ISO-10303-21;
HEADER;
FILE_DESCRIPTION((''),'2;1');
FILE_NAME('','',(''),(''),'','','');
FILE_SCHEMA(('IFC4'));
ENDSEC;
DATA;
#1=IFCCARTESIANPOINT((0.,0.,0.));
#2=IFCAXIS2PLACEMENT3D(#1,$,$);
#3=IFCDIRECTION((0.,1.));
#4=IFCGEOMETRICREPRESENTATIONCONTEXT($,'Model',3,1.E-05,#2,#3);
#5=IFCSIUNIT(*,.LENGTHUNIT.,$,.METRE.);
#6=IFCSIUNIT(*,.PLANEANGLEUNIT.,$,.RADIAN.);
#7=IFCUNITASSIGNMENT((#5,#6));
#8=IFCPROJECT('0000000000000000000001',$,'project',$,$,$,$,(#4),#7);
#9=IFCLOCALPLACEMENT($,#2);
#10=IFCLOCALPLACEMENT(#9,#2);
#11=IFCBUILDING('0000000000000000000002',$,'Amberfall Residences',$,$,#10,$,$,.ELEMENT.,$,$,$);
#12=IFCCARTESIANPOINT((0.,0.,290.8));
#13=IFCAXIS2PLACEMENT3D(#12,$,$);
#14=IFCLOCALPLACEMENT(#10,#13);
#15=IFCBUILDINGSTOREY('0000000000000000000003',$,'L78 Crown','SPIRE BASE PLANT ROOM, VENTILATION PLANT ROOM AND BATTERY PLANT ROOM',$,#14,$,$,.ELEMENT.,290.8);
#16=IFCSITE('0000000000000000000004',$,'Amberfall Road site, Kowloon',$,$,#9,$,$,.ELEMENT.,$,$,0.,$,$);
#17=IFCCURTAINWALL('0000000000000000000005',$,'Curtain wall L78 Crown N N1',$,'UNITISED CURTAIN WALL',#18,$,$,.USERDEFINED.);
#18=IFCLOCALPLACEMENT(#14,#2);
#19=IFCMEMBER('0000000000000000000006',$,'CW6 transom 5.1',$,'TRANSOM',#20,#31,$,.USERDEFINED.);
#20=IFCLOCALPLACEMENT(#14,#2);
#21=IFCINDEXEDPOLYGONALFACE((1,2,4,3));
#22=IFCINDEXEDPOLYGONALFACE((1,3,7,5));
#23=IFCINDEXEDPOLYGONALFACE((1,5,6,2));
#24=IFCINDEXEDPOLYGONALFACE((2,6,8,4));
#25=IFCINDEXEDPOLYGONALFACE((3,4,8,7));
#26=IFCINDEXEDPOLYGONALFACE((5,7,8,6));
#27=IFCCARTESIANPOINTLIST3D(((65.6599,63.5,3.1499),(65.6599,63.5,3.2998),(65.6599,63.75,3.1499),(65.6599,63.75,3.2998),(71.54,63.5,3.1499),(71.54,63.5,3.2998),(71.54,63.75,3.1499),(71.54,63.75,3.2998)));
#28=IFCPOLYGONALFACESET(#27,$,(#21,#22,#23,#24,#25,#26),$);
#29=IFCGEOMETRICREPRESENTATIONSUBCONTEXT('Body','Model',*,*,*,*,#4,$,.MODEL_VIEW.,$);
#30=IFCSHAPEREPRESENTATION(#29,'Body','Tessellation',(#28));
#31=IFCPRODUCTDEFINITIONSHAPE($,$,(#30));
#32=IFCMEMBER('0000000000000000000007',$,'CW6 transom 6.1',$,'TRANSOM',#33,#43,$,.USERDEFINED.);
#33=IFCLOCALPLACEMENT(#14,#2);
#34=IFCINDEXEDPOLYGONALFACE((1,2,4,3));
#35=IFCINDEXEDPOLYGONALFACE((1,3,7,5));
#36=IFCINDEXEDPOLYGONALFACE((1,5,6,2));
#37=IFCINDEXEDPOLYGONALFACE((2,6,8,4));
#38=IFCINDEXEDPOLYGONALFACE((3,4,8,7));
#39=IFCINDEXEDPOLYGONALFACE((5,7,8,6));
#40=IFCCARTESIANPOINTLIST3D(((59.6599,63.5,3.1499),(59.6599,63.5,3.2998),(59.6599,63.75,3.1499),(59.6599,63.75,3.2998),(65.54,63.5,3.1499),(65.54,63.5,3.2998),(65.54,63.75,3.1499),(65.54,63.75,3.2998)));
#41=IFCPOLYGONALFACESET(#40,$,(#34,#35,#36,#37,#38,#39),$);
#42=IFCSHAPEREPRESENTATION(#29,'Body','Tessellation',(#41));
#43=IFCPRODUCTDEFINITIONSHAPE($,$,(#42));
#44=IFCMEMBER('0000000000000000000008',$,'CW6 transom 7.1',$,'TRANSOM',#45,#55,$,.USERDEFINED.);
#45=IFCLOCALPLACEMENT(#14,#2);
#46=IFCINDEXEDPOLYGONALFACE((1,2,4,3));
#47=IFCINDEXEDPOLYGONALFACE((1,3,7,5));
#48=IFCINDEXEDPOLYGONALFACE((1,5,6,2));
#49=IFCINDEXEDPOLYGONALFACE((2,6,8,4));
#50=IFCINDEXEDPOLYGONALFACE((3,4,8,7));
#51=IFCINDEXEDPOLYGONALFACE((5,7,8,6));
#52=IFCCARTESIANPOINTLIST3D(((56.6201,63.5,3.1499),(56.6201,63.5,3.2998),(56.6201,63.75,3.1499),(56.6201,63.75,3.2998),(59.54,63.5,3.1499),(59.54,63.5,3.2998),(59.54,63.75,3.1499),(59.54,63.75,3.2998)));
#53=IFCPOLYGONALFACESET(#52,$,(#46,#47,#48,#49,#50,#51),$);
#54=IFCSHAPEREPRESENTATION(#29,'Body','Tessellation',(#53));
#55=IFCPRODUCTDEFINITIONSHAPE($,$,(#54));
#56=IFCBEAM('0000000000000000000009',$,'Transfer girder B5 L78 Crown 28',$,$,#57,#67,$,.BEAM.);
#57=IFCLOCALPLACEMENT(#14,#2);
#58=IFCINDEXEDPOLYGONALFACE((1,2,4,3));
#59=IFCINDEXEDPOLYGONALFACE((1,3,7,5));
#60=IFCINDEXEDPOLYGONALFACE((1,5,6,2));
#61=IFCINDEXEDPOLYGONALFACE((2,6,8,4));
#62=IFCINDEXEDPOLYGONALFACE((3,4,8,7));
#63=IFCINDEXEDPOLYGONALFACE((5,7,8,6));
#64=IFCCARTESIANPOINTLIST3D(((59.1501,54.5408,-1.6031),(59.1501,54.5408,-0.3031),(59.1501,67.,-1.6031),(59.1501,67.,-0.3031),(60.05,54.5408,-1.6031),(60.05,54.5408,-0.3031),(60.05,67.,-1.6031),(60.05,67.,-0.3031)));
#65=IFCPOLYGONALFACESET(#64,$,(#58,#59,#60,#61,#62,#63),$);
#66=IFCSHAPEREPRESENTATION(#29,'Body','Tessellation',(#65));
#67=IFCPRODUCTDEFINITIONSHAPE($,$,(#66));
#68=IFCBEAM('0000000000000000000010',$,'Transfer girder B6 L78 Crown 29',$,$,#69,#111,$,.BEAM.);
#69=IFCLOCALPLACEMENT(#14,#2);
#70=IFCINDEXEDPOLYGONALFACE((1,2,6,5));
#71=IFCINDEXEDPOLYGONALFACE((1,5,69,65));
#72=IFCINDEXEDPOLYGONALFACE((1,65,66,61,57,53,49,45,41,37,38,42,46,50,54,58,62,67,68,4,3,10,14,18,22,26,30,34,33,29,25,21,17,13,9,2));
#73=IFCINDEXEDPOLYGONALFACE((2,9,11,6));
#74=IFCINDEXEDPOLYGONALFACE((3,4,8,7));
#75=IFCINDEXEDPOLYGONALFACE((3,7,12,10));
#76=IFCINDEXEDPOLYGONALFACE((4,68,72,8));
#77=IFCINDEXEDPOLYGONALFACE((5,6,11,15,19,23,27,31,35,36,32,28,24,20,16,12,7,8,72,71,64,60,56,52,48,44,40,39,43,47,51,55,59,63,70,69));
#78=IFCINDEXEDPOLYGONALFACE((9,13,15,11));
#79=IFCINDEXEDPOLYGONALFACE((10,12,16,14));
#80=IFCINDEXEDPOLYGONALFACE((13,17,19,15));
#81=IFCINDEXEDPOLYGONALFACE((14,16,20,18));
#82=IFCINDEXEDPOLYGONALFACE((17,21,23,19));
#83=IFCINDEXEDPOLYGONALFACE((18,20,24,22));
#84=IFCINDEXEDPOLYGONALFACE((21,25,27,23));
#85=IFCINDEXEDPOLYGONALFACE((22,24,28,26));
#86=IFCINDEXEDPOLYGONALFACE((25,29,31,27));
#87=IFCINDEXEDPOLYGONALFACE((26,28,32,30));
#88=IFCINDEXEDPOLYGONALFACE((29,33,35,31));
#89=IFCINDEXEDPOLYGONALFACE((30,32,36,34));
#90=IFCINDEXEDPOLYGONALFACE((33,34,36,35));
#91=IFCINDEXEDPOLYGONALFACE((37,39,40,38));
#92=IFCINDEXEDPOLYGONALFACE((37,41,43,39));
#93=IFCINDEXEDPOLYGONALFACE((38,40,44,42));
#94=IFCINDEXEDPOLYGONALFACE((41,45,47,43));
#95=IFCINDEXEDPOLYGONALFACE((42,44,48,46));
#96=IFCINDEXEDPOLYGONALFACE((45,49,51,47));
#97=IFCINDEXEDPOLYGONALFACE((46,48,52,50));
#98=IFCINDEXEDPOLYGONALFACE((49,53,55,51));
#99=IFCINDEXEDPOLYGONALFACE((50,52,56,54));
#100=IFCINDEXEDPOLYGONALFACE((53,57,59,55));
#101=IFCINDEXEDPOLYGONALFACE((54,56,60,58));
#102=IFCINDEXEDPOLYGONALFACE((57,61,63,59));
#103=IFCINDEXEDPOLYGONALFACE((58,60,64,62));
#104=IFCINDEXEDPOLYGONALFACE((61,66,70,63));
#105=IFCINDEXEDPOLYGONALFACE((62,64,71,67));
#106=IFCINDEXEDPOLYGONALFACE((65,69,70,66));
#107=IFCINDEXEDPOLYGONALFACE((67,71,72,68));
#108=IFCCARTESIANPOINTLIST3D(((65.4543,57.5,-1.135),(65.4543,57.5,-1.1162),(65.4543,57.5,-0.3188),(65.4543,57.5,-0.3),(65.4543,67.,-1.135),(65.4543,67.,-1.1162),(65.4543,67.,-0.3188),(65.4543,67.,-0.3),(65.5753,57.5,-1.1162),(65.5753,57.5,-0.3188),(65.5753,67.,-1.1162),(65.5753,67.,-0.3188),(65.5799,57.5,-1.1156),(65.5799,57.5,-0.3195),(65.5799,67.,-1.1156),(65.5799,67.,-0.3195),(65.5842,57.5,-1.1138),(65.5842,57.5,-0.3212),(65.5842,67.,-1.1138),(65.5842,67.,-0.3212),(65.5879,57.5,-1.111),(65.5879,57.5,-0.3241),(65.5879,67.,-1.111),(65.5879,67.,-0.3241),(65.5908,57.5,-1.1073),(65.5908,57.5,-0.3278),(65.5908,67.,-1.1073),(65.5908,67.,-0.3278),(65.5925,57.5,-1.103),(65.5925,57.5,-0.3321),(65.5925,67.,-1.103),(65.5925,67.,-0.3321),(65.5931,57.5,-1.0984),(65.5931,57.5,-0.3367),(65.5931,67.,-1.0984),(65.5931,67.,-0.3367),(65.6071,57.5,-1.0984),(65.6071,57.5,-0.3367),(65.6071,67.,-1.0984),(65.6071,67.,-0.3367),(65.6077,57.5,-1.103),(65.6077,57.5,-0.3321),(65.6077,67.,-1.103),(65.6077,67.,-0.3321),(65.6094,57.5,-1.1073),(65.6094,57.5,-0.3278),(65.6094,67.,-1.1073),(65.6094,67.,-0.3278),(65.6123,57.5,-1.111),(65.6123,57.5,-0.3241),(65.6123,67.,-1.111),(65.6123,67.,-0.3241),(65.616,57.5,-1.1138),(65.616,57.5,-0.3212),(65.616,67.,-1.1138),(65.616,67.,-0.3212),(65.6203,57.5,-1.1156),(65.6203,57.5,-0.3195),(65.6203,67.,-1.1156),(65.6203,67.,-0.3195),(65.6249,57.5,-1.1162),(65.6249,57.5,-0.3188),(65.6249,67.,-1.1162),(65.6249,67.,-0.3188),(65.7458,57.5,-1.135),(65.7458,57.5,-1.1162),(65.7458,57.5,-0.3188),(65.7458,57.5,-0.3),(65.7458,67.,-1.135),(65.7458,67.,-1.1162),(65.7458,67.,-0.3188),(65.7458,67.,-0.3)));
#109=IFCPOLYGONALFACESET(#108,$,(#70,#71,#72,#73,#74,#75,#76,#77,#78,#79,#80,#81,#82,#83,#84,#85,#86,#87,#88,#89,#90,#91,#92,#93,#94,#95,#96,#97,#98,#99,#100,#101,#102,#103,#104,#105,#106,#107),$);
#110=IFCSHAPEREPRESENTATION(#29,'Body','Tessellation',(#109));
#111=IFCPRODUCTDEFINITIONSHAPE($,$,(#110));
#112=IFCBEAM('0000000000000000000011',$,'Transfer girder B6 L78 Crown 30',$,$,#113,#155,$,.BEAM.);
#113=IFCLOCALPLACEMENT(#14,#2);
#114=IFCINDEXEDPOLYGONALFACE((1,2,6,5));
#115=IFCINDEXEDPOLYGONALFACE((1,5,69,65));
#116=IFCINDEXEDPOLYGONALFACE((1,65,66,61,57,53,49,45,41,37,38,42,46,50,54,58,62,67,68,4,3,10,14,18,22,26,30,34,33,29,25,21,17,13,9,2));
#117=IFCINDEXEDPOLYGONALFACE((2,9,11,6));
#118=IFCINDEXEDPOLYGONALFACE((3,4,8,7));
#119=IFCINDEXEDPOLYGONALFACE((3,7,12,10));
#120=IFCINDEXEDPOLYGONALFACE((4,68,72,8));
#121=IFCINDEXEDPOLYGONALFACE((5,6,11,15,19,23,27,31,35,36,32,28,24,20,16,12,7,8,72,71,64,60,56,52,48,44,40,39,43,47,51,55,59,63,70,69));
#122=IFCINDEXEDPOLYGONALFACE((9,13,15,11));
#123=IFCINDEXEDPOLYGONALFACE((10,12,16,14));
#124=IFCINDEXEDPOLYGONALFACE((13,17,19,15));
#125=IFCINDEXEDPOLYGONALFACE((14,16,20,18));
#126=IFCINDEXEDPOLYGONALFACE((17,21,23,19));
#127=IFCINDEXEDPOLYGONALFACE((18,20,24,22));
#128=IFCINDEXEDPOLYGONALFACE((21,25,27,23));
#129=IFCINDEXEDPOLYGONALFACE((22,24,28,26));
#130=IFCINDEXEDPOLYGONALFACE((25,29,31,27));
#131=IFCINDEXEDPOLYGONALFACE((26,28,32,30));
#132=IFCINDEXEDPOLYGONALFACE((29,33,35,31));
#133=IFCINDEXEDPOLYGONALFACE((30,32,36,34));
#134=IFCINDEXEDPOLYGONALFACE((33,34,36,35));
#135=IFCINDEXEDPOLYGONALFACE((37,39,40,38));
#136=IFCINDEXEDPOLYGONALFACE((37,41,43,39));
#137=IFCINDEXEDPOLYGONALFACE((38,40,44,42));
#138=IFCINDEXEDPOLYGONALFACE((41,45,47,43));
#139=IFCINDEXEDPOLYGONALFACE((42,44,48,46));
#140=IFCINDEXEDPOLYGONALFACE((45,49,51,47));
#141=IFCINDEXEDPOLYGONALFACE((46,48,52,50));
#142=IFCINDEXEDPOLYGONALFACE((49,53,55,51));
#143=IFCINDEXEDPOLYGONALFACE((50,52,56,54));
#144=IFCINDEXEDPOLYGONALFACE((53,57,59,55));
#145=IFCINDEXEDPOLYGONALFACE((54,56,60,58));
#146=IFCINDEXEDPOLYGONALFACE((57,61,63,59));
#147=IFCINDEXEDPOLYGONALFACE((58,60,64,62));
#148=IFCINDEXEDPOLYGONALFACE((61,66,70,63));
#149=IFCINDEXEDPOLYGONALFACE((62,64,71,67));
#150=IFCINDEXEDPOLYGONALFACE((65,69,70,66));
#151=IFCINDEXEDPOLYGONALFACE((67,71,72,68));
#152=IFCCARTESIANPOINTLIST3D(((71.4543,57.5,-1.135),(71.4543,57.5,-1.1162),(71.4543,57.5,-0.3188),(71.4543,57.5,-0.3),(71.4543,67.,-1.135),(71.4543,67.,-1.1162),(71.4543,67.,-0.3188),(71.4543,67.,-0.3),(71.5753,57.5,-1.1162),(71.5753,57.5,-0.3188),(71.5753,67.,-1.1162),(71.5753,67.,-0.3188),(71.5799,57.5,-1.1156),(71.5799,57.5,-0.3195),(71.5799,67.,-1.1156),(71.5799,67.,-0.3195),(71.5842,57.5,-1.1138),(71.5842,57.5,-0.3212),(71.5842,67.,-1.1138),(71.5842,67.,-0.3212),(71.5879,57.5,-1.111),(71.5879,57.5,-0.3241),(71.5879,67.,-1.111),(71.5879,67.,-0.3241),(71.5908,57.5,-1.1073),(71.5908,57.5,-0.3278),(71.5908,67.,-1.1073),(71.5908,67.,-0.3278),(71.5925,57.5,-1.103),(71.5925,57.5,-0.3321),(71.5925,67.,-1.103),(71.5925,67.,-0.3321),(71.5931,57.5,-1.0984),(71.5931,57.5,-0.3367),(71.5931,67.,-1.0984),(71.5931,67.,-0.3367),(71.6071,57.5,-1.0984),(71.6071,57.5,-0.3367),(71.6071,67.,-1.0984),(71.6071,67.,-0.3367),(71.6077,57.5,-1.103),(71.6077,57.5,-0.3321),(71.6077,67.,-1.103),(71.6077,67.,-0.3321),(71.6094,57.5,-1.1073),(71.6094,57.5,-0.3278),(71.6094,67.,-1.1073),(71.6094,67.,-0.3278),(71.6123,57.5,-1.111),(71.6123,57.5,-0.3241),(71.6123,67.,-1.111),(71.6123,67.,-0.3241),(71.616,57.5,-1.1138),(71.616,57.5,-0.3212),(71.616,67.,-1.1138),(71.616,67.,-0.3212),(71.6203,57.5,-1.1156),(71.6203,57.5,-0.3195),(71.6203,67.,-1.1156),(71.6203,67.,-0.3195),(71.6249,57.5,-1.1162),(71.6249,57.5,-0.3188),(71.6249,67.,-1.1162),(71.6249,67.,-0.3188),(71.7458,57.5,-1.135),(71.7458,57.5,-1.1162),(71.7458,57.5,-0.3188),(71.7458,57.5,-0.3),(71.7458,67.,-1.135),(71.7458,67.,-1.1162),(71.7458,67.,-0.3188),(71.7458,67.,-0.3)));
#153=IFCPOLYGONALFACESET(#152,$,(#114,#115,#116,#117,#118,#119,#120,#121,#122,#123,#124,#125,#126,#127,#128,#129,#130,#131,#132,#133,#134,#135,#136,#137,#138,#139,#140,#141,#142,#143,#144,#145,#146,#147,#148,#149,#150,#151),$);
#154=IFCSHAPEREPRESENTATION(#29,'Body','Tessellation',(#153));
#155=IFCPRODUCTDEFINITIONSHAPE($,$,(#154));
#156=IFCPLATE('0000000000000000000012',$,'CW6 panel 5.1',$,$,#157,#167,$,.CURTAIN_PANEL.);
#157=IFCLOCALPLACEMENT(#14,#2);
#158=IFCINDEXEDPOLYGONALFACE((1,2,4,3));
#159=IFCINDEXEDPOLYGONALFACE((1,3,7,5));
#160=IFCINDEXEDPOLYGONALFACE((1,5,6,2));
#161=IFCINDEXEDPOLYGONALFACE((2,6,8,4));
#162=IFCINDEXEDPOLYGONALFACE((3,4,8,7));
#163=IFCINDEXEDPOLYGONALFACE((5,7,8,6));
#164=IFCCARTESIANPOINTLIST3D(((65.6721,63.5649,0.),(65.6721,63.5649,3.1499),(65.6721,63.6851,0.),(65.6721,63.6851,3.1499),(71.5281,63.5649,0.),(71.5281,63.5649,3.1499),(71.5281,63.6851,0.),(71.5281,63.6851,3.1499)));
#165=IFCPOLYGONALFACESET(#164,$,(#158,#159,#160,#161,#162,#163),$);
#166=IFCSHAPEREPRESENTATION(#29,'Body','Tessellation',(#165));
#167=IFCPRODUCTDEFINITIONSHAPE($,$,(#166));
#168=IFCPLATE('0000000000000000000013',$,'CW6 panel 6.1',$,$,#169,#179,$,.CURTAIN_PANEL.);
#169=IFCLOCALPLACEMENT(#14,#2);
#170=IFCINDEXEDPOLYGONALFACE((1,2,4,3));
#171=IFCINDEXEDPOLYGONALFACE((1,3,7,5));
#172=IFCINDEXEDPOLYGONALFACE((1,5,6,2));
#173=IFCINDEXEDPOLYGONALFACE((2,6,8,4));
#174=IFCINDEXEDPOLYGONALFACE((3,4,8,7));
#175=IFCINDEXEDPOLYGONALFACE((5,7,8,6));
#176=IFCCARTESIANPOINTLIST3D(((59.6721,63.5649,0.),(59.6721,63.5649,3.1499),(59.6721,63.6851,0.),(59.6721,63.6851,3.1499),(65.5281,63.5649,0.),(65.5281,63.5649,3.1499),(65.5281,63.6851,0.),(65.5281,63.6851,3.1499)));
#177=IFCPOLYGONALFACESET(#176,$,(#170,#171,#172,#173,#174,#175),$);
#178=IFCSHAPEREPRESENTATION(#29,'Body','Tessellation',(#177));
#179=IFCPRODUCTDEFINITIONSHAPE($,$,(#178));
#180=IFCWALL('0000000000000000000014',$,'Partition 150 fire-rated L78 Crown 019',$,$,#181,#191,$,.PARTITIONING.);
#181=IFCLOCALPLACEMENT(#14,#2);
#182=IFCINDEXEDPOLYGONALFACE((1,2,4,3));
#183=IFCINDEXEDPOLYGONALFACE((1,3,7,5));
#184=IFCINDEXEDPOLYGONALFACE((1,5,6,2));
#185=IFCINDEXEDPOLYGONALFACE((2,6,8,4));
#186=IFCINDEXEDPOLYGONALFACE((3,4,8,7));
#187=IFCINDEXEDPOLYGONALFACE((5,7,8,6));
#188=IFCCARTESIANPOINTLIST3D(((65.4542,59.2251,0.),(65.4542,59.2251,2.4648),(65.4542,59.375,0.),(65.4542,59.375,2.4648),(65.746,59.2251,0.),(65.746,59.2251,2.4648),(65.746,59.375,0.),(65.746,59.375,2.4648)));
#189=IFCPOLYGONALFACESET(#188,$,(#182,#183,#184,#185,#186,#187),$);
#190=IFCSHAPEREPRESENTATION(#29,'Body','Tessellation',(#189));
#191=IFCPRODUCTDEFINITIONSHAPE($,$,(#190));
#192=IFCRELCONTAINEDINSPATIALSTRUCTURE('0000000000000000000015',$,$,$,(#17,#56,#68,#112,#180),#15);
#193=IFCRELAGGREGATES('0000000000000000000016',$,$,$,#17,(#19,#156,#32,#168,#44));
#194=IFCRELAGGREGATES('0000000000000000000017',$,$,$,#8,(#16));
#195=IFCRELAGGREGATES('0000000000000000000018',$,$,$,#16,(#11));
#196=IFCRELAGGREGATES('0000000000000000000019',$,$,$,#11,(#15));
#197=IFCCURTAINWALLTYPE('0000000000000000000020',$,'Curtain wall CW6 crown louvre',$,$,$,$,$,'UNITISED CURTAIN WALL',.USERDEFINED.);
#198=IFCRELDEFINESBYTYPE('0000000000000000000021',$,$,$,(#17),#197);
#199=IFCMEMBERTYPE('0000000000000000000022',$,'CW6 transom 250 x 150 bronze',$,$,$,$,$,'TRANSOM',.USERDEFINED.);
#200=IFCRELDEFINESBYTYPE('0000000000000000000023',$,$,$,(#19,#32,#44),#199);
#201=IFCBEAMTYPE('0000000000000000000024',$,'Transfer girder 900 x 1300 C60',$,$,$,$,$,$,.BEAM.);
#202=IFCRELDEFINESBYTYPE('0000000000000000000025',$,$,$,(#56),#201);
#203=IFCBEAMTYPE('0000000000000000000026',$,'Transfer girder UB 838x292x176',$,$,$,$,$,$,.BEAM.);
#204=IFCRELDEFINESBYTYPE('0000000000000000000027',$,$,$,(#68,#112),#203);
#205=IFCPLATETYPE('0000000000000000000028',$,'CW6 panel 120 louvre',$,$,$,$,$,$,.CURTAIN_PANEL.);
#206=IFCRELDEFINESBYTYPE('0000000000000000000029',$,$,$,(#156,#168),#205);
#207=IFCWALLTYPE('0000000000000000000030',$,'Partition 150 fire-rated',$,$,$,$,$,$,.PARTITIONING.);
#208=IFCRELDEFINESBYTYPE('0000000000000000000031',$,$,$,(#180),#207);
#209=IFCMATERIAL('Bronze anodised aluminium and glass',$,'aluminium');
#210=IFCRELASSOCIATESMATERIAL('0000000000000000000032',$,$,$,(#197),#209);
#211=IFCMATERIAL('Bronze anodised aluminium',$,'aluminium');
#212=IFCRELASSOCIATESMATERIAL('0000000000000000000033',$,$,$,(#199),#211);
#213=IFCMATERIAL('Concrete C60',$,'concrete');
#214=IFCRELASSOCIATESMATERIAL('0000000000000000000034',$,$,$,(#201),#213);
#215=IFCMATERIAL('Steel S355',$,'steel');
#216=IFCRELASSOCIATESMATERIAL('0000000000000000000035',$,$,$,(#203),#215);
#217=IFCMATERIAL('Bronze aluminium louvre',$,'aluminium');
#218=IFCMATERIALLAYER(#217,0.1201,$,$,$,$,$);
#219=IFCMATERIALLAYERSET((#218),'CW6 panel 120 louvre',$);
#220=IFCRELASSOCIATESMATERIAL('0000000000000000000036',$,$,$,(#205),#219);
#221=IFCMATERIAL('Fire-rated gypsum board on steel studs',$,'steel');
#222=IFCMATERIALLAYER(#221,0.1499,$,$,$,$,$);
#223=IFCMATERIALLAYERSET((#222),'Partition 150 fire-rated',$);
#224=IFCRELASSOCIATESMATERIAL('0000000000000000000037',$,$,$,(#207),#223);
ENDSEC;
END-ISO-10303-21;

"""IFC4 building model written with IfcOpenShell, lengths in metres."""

from ifc_helpers import new_model, si_unit, direction, frame, frame_2d, origin, origin_2d, place, context, subcontext, project, spatial, rectangle, i_section, extrude, material, layer, layer_set, material_profile, profile_set, type_object, element, aggregate, save


model = new_model("IFC4")

# Units and contexts
model_context = context("Model", 3, precision=1e-05, world=origin(), true_north=direction((0.0, 1.0)))
body_context = subcontext(model_context, "Body", "Model", "MODEL_VIEW")
ifc_project = project(units=[si_unit("LENGTHUNIT", "METRE"), si_unit("PLANEANGLEUNIT", "RADIAN")], contexts=[model_context])

# Site, building, storey
site_placement = place(None, origin())
site = spatial("IfcSite", under=ifc_project, at=site_placement, Name="Amberfall Road site, Kowloon", CompositionType="ELEMENT", RefElevation=0.0)
building_placement = place(site_placement, origin())
building = spatial("IfcBuilding", under=site, at=building_placement, Name="Amberfall Residences", CompositionType="ELEMENT")
storey_placement = place(building_placement, frame((0.0, 0.0, 290.8)))
storey = spatial("IfcBuildingStorey", under=building, at=storey_placement, Name="L78 Crown", Description="SPIRE BASE PLANT ROOM, VENTILATION PLANT ROOM AND BATTERY PLANT ROOM", CompositionType="ELEMENT", Elevation=290.8)

# Shared definitions
ifc_material_1 = material(Name="Steel S355", Category="steel")

# Curtain wall, members
ifc_material_2 = material(Name="Bronze anodised aluminium and glass", Category="aluminium")
curtain_wall_type = type_object("IfcCurtainWallType", Name="Curtain wall CW6 crown louvre", ElementType="UNITISED CURTAIN WALL", PredefinedType="USERDEFINED", material=ifc_material_2)
curtain_wall_placement = place(storey_placement, origin())
curtain_wall = element("IfcCurtainWall", 1, at=curtain_wall_placement, inside=storey, type_object=curtain_wall_type, Name="Curtain wall L78 Crown N N1", ObjectType="UNITISED CURTAIN WALL", PredefinedType="USERDEFINED")
ifc_material_3 = material(Name="Bronze anodised aluminium", Category="aluminium")
ifc_material_profile_1 = material_profile(ifc_material_3, rectangle(XDim=0.25, YDim=0.1499, at=origin_2d()), Name="CW6 transom 250 x 150 bronze")
ifc_profile_set_1 = profile_set([ifc_material_profile_1], Name="Bronze anodised aluminium")
member_type_1 = type_object("IfcMemberType", Name="CW6 transom 250 x 150 bronze", ElementType="TRANSOM", PredefinedType="USERDEFINED", material=ifc_profile_set_1)
member_1_placement = place(storey_placement, frame((71.54, 63.625, 3.2249), z_axis=(-1.0, 0.0, 0.0), x_axis=(0.0, -1.0, 0.0)))
member_1 = element("IfcMember", 2, at=member_1_placement, type_object=member_type_1, Name="CW6 transom 5.1", ObjectType="TRANSOM", PredefinedType="USERDEFINED", context=body_context, shape_type="SweptSolid", body=[
    extrude(rectangle(XDim=0.25, YDim=0.1499, at=origin_2d()), origin(), (0.0, 0.0, 1.0), 5.8801),
])
member_2_placement = place(storey_placement, frame((65.54, 63.625, 3.2249), z_axis=(-1.0, 0.0, 0.0), x_axis=(0.0, -1.0, 0.0)))
member_2 = element("IfcMember", 3, at=member_2_placement, type_object=member_type_1, Name="CW6 transom 6.1", ObjectType="TRANSOM", PredefinedType="USERDEFINED", context=body_context, shape_type="SweptSolid", body=[
    extrude(rectangle(XDim=0.25, YDim=0.1499, at=origin_2d()), origin(), (0.0, 0.0, 1.0), 5.8801),
])
member_3_placement = place(storey_placement, frame((59.54, 63.625, 3.2249), z_axis=(-1.0, 0.0, 0.0), x_axis=(0.0, -1.0, 0.0)))
member_3 = element("IfcMember", 4, at=member_3_placement, type_object=member_type_1, Name="CW6 transom 7.1", ObjectType="TRANSOM", PredefinedType="USERDEFINED", context=body_context, shape_type="SweptSolid", body=[
    extrude(rectangle(XDim=0.25, YDim=0.1499, at=origin_2d()), origin(), (0.0, 0.0, 1.0), 2.9199),
])

# Beams
ifc_material_4 = material(Name="Concrete C60", Category="concrete")
ifc_material_profile_2 = material_profile(ifc_material_4, rectangle(XDim=0.8999, YDim=1.3, at=origin_2d()), Name="Transfer girder 900 x 1300 C60")
ifc_profile_set_2 = profile_set([ifc_material_profile_2], Name="Concrete C60")
beam_type_1 = type_object("IfcBeamType", Name="Transfer girder 900 x 1300 C60", PredefinedType="BEAM", material=ifc_profile_set_2)
beam_placement = place(storey_placement, frame((59.6001, 67.0, -0.9531), z_axis=(0.0, -1.0, 0.0), x_axis=(1.0, 0.0, 0.0)))
element("IfcBeam", 5, at=beam_placement, inside=storey, type_object=beam_type_1, Name="Transfer girder B5 L78 Crown 28", PredefinedType="BEAM", context=body_context, shape_type="SweptSolid", body=[
    extrude(rectangle(XDim=0.8999, YDim=1.3, at=origin_2d()), origin(), (0.0, 0.0, 1.0), 12.4592),
])
ifc_material_profile_3 = material_profile(ifc_material_1, i_section(OverallWidth=0.2915, OverallDepth=0.835, WebThickness=0.0139, FlangeThickness=0.0188, FilletRadius=0.0178, at=origin_2d()), Name="UB 838x292x176")
ifc_profile_set_3 = profile_set([ifc_material_profile_3], Name="Steel S355")
beam_type_2 = type_object("IfcBeamType", Name="Transfer girder UB 838x292x176", PredefinedType="BEAM", material=ifc_profile_set_3)
for number, where, z_axis, x_axis, name in (
    (6, (65.6001, 67.0, -0.7175), (0.0, -1.0, 0.0), (1.0, 0.0, 0.0), "Transfer girder B6 L78 Crown 29"),
    (7, (71.6001, 67.0, -0.7175), (0.0, -1.0, 0.0), (1.0, 0.0, 0.0), "Transfer girder B6 L78 Crown 30"),
):
    element("IfcBeam", number, at=place(storey_placement, frame(where, z_axis=z_axis, x_axis=x_axis)), inside=storey, type_object=beam_type_2, Name=name, PredefinedType="BEAM", context=body_context, shape_type="SweptSolid", body=[
        extrude(i_section(OverallWidth=0.2915, OverallDepth=0.835, WebThickness=0.0139, FlangeThickness=0.0188, FilletRadius=0.0178, at=origin_2d()), origin(), (0.0, 0.0, 1.0), 9.5),
    ])

# Plates
ifc_material_5 = material(Name="Bronze aluminium louvre", Category="aluminium")
ifc_layer_1 = layer(ifc_material_5, 0.1201)
ifc_layer_set_1 = layer_set([ifc_layer_1], Name="CW6 panel 120 louvre")
plate_type = type_object("IfcPlateType", Name="CW6 panel 120 louvre", PredefinedType="CURTAIN_PANEL", material=ifc_layer_set_1)
plate_1_placement = place(storey_placement, frame((68.6001, 63.625, 0.0), z_axis=(0.0, 0.0, 1.0), x_axis=(-1.0, 0.0, 0.0)))
plate_1 = element("IfcPlate", 8, at=plate_1_placement, type_object=plate_type, Name="CW6 panel 5.1", PredefinedType="CURTAIN_PANEL", context=body_context, shape_type="SweptSolid", body=[
    extrude(rectangle(XDim=5.856, YDim=0.1201, at=origin_2d()), origin(), (0.0, 0.0, 1.0), 3.1499),
])
plate_2_placement = place(storey_placement, frame((62.6001, 63.625, 0.0), z_axis=(0.0, 0.0, 1.0), x_axis=(-1.0, 0.0, 0.0)))
plate_2 = element("IfcPlate", 9, at=plate_2_placement, type_object=plate_type, Name="CW6 panel 6.1", PredefinedType="CURTAIN_PANEL", context=body_context, shape_type="SweptSolid", body=[
    extrude(rectangle(XDim=5.856, YDim=0.1201, at=origin_2d()), origin(), (0.0, 0.0, 1.0), 3.1499),
])
aggregate(curtain_wall, [member_1, plate_1, member_2, plate_2, member_3])

# Wall
ifc_material_6 = material(Name="Fire-rated gypsum board on steel studs", Category="steel")
ifc_layer_2 = layer(ifc_material_6, 0.1499)
ifc_layer_set_2 = layer_set([ifc_layer_2], Name="Partition 150 fire-rated")
wall_type = type_object("IfcWallType", Name="Partition 150 fire-rated", PredefinedType="PARTITIONING", material=ifc_layer_set_2)
wall_1_placement = place(storey_placement, frame((65.4541, 59.3, 0.0), z_axis=(0.0, 0.0, 1.0), x_axis=(1.0, 0.0, 0.0)))
element("IfcWall", 10, at=wall_1_placement, inside=storey, type_object=wall_type, Name="Partition 150 fire-rated L78 Crown 019", PredefinedType="PARTITIONING", context=body_context, shape_type="SweptSolid", body=[
    extrude(rectangle(XDim=0.2917, YDim=0.1499, at=frame_2d((0.146, 0.0))), origin(), (0.0, 0.0, 1.0), 2.4648),
])

save(model, "model.ifc")
